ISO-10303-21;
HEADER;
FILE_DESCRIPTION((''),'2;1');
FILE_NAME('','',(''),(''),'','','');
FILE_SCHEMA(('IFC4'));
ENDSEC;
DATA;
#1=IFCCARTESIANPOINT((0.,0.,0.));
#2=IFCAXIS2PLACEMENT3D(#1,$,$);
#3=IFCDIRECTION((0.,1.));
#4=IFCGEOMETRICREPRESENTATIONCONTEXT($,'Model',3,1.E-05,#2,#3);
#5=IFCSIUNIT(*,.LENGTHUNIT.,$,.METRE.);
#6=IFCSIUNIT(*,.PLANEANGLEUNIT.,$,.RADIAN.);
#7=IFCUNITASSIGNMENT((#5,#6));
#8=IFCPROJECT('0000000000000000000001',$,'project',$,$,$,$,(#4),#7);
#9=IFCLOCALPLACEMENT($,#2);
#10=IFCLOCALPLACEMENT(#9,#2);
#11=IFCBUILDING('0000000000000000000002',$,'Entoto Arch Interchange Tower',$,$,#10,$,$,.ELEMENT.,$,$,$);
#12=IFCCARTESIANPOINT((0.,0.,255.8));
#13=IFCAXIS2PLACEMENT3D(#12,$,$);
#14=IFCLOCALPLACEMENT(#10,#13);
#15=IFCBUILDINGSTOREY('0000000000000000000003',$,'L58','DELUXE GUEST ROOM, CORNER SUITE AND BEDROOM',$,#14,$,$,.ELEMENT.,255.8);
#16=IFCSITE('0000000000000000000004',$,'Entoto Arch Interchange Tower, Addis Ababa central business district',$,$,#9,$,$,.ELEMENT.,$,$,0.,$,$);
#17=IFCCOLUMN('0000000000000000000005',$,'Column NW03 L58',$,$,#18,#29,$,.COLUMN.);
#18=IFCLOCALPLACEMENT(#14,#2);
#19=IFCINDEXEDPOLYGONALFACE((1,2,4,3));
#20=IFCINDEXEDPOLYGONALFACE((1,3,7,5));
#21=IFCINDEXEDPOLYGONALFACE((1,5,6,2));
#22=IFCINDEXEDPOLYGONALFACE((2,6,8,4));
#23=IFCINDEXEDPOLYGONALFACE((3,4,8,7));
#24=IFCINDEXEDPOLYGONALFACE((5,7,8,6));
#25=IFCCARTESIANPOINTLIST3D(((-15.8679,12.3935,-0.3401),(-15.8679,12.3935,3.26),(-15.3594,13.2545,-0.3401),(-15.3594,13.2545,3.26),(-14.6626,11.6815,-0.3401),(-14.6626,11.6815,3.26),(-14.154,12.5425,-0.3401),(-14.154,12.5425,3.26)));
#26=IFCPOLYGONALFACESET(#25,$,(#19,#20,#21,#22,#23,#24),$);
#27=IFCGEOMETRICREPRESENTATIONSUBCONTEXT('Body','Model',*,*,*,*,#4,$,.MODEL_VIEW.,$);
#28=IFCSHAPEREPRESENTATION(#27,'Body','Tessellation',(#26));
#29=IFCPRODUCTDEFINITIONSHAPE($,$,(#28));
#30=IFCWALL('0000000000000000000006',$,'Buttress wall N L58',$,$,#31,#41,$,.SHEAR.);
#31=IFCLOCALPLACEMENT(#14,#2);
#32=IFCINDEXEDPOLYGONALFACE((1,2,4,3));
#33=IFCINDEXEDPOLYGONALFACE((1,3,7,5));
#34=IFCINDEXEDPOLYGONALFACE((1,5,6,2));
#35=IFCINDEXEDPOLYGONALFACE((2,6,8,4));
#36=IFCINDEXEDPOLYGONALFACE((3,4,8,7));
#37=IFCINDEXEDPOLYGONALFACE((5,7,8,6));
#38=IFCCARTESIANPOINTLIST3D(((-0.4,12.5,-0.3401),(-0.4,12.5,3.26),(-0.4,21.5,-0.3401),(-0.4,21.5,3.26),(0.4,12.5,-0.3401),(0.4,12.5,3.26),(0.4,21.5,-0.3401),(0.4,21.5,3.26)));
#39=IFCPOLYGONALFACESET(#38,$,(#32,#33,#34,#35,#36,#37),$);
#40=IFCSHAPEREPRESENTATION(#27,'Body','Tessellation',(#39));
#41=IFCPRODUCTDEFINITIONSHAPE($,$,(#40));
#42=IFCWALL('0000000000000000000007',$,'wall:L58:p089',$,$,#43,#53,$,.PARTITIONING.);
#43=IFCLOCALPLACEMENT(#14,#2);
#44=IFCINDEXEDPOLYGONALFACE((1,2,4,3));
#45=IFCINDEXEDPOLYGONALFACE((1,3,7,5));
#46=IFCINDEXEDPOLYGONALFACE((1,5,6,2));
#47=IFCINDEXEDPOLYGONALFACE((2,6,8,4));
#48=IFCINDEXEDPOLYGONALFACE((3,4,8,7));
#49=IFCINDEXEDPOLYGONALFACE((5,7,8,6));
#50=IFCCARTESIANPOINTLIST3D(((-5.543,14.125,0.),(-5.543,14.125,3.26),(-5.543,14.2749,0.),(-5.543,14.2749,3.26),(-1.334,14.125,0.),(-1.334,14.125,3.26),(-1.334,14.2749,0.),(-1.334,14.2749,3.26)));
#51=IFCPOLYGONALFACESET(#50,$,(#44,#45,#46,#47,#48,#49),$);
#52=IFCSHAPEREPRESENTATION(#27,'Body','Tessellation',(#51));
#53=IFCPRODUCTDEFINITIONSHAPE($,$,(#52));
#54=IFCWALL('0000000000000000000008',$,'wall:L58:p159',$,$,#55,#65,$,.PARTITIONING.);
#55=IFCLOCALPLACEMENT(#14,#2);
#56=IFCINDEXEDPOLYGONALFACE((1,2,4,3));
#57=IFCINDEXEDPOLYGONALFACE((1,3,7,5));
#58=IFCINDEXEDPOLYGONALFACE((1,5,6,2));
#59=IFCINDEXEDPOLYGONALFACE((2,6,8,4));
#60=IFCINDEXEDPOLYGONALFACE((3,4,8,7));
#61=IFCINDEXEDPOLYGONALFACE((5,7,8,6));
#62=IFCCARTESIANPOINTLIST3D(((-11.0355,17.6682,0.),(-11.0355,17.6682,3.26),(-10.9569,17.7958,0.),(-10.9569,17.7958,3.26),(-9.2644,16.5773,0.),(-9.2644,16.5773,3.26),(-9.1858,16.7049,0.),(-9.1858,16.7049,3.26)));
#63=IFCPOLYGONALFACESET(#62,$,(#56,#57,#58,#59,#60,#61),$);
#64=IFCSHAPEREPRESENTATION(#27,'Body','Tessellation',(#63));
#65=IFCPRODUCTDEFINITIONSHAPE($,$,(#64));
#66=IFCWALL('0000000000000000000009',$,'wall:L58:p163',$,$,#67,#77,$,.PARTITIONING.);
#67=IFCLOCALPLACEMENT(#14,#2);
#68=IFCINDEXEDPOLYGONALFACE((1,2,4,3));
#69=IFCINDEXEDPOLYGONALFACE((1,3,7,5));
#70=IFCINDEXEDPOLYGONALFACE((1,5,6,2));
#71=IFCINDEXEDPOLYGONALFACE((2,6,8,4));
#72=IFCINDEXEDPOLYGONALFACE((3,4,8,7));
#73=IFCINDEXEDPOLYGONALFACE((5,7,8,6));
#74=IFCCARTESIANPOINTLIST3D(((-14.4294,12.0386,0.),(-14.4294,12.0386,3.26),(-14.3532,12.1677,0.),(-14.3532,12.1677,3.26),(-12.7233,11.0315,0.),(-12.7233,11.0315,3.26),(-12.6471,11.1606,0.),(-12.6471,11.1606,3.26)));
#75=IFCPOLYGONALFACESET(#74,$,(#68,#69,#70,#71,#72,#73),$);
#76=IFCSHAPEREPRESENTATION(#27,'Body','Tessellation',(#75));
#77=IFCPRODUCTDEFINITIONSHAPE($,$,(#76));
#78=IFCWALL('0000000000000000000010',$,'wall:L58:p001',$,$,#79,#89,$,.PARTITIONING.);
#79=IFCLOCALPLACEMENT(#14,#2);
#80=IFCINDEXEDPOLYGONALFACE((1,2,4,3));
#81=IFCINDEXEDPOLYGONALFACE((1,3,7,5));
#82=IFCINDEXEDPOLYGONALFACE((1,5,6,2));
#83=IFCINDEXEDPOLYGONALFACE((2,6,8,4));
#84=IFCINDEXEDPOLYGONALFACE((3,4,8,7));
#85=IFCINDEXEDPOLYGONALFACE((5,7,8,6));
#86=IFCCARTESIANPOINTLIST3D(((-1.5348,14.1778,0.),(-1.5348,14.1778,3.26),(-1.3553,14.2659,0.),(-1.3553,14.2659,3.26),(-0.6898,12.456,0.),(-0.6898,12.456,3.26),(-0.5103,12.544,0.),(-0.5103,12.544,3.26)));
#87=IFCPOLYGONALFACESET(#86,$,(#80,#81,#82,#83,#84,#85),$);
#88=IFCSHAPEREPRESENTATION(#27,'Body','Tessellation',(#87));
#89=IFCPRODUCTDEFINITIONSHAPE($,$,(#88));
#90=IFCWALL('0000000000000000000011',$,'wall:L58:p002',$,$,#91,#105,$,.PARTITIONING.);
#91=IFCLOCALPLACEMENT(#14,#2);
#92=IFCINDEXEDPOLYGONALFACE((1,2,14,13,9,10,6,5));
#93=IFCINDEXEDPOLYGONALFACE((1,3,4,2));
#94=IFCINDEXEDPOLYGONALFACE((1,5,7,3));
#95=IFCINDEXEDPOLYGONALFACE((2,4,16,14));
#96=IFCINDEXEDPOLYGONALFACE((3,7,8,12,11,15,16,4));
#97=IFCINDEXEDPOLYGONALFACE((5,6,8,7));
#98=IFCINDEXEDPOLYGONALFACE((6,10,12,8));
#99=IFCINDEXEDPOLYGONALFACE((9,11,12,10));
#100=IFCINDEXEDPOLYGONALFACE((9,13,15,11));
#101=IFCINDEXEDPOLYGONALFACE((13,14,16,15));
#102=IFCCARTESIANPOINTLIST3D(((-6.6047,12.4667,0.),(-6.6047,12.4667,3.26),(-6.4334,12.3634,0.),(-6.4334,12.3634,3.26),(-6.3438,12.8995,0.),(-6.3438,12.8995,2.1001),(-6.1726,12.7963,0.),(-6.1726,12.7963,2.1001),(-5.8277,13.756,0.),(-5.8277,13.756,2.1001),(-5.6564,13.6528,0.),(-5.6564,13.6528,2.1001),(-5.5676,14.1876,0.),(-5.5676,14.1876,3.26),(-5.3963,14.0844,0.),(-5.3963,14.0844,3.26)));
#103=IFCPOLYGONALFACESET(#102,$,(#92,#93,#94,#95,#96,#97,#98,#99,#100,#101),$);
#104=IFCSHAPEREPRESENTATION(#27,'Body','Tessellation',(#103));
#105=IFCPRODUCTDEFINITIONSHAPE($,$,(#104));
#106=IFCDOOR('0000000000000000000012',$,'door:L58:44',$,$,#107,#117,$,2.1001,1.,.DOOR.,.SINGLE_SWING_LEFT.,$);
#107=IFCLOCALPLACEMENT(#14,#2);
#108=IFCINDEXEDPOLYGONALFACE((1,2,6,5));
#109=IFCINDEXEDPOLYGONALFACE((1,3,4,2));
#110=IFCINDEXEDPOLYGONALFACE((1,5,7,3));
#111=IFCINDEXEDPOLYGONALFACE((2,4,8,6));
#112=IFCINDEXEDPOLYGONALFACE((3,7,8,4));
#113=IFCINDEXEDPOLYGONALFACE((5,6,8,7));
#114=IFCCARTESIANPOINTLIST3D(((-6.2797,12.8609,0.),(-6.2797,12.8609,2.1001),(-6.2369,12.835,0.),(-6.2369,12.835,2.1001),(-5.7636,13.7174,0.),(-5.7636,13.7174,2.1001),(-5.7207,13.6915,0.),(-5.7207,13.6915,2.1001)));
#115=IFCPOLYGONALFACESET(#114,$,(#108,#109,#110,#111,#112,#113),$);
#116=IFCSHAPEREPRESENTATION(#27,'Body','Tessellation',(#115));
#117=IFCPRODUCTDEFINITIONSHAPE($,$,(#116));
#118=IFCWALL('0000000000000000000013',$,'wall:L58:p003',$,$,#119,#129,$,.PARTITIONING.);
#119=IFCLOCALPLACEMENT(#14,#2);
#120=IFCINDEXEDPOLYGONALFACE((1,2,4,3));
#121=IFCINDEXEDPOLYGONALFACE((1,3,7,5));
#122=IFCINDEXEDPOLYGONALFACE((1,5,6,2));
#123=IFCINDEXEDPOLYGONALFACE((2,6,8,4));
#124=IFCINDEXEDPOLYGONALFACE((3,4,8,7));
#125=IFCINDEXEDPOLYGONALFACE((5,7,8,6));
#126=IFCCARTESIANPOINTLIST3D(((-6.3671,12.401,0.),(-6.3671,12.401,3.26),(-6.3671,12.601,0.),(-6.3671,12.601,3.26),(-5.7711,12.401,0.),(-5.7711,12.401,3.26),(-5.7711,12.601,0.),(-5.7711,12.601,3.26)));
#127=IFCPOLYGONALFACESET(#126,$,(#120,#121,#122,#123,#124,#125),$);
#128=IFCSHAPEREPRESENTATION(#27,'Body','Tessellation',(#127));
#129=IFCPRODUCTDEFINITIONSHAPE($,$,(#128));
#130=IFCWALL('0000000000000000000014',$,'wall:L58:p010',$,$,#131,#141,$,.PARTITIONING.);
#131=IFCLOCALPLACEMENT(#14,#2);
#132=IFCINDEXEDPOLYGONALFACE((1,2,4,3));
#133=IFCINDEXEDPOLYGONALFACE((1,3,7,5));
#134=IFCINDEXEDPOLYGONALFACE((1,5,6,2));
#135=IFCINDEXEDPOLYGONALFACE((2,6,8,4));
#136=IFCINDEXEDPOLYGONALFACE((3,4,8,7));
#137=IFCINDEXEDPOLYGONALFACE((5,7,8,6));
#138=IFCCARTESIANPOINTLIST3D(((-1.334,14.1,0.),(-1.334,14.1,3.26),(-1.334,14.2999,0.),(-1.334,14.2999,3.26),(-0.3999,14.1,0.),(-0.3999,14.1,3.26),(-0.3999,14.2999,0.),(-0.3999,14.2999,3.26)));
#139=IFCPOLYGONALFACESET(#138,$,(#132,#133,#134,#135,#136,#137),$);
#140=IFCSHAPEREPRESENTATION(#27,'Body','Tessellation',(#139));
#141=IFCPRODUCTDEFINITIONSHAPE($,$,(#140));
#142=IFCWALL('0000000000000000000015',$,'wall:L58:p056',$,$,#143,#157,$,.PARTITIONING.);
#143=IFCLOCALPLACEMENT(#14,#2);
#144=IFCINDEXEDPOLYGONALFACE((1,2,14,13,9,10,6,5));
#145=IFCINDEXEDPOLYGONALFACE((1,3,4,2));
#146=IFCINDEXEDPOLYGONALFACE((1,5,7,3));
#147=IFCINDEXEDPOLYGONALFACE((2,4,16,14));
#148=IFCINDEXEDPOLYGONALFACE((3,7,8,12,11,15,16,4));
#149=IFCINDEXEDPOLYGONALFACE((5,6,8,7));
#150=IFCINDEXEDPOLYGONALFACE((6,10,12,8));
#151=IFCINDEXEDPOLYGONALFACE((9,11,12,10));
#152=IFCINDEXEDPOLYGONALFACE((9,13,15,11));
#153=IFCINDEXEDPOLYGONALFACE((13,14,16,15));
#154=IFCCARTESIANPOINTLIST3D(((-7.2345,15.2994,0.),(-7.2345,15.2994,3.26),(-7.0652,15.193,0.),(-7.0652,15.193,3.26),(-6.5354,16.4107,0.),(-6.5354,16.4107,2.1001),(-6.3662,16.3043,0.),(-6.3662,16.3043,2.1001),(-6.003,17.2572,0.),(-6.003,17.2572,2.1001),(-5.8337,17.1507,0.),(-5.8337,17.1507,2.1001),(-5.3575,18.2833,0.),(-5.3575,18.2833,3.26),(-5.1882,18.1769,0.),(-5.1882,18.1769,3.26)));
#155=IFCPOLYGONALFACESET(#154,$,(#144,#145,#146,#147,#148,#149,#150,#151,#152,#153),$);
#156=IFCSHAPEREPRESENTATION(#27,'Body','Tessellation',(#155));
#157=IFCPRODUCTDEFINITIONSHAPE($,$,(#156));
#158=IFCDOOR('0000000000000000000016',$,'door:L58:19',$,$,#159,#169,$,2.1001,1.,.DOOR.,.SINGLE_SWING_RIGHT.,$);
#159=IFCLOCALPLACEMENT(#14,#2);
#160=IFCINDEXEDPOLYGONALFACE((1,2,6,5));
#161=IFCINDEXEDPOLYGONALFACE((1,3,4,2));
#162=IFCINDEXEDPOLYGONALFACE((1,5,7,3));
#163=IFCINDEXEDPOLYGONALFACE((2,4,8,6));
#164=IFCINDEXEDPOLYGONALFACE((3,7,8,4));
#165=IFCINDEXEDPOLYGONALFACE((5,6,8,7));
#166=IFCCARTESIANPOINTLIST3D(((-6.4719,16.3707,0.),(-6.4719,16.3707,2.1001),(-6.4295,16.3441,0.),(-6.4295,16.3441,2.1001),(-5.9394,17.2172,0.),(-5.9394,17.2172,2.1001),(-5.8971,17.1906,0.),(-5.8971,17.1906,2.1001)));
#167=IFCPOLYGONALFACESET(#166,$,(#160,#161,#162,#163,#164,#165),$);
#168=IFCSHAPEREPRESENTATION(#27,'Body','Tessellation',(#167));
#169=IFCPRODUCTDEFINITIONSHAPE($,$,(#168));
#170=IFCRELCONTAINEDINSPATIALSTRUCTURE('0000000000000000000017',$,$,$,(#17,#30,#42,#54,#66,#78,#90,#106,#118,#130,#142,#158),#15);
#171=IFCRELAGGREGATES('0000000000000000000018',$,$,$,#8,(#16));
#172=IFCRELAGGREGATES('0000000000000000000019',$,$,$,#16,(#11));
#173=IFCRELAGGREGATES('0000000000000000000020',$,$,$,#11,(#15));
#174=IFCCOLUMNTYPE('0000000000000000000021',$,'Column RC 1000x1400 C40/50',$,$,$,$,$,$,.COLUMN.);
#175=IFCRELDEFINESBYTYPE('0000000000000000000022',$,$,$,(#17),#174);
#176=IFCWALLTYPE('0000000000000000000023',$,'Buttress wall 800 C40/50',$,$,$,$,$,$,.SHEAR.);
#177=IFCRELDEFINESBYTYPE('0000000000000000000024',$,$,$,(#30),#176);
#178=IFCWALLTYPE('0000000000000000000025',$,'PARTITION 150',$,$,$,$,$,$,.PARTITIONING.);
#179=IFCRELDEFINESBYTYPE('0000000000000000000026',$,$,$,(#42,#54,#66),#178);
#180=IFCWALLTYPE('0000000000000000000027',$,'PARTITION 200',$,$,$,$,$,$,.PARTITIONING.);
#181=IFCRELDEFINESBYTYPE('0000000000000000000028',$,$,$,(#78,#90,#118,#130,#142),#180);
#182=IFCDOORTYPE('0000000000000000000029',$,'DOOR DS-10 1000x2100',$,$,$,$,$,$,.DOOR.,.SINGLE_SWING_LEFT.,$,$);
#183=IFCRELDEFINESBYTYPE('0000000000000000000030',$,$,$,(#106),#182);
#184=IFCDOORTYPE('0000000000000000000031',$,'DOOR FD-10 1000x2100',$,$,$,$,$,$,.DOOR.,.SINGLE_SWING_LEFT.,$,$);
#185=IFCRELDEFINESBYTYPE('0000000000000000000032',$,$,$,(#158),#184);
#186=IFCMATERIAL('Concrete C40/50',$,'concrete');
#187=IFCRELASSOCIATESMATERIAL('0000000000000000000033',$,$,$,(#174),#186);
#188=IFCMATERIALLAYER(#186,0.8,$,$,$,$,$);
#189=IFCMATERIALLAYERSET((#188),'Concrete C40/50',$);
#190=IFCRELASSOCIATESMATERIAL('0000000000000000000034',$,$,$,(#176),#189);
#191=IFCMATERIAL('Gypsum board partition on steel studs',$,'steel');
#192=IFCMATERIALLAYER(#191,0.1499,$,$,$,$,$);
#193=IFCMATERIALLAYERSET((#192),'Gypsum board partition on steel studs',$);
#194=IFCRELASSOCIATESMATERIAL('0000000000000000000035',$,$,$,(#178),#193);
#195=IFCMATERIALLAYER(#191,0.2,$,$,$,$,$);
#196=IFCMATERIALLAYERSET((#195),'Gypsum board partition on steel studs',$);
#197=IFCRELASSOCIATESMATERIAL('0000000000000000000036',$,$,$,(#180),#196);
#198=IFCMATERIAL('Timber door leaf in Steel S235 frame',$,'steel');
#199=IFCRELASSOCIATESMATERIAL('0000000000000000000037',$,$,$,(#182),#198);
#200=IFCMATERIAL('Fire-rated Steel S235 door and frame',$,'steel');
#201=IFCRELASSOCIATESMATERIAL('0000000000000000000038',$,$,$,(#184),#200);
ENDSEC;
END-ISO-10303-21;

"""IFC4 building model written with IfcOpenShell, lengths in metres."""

from ifc_helpers import new_model, si_unit, direction, frame, frame_2d, origin, origin_2d, place, context, subcontext, project, spatial, rectangle, extrude, material, layer, layer_set, material_profile, profile_set, type_object, element, fill, save


model = new_model("IFC4")

# Units and contexts
model_context = context("Model", 3, precision=1e-05, world=origin(), true_north=direction((0.0, 1.0)))
body_context = subcontext(model_context, "Body", "Model", "MODEL_VIEW")
ifc_project = project(units=[si_unit("LENGTHUNIT", "METRE"), si_unit("PLANEANGLEUNIT", "RADIAN")], contexts=[model_context])

# Site, building, storey
site_placement = place(None, origin())
site = spatial("IfcSite", under=ifc_project, at=site_placement, Name="Entoto Arch Interchange Tower, Addis Ababa central business district", CompositionType="ELEMENT", RefElevation=0.0)
building_placement = place(site_placement, origin())
building = spatial("IfcBuilding", under=site, at=building_placement, Name="Entoto Arch Interchange Tower", CompositionType="ELEMENT")
storey_placement = place(building_placement, frame((0.0, 0.0, 255.8)))
storey = spatial("IfcBuildingStorey", under=building, at=storey_placement, Name="L58", Description="DELUXE GUEST ROOM, CORNER SUITE AND BEDROOM", CompositionType="ELEMENT", Elevation=255.8)

# Column
ifc_material_1 = material(Name="Concrete C40/50", Category="concrete")
ifc_material_profile = material_profile(ifc_material_1, rectangle(XDim=1.0, YDim=1.3999, at=origin_2d()))
ifc_profile_set = profile_set([ifc_material_profile], Name="Concrete C40/50")
column_type = type_object("IfcColumnType", Name="Column RC 1000x1400 C40/50", PredefinedType="COLUMN", material=ifc_profile_set)
column_placement = place(storey_placement, frame((-15.011, 12.468, -0.3401), z_axis=(0.0, 0.0, 1.0), x_axis=(0.508576, 0.861017, 0.0)))
element("IfcColumn", 1, at=column_placement, inside=storey, type_object=column_type, Name="Column NW03 L58", PredefinedType="COLUMN", context=body_context, shape_type="SweptSolid", body=[
    extrude(rectangle(XDim=1.0, YDim=1.3999, at=origin_2d()), origin(), (0.0, 0.0, 1.0), 3.6001),
])

# Walls
ifc_layer_1 = layer(ifc_material_1, 0.8)
ifc_layer_set_1 = layer_set([ifc_layer_1], Name="Concrete C40/50")
wall_type_1 = type_object("IfcWallType", Name="Buttress wall 800 C40/50", PredefinedType="SHEAR", material=ifc_layer_set_1)
wall_1_placement = place(storey_placement, frame((0.0, 12.5, -0.3401), z_axis=(0.0, 0.0, 1.0), x_axis=(0.0, 1.0, 0.0)))
element("IfcWall", 2, at=wall_1_placement, inside=storey, type_object=wall_type_1, Name="Buttress wall N L58", PredefinedType="SHEAR", context=body_context, shape_type="SweptSolid", body=[
    extrude(rectangle(XDim=9.0, YDim=0.8, at=frame_2d((4.5, 0.0))), origin(), (0.0, 0.0, 1.0), 3.6001),
])
ifc_material_2 = material(Name="Gypsum board partition on steel studs", Category="steel")
ifc_layer_2 = layer(ifc_material_2, 0.1499)
ifc_layer_set_2 = layer_set([ifc_layer_2], Name="Gypsum board partition on steel studs")
wall_type_2 = type_object("IfcWallType", Name="PARTITION 150", PredefinedType="PARTITIONING", material=ifc_layer_set_2)
wall_2_placement = place(storey_placement, frame((-1.334, 14.2, 0.0), z_axis=(0.0, 0.0, 1.0), x_axis=(-1.0, 0.0, 0.0)))
element("IfcWall", 3, at=wall_2_placement, inside=storey, type_object=wall_type_2, Name="wall:L58:p089", PredefinedType="PARTITIONING", context=body_context, shape_type="SweptSolid", body=[
    extrude(rectangle(XDim=4.209, YDim=0.1499, at=frame_2d((2.1045, 0.0))), origin(), (0.0, 0.0, 1.0), 3.26),
])
wall_3_placement = place(storey_placement, frame((-9.2251, 16.6411, 0.0), z_axis=(0.0, 0.0, 1.0), x_axis=(-0.851449, 0.524438, 0.0)))
element("IfcWall", 4, at=wall_3_placement, inside=storey, type_object=wall_type_2, Name="wall:L58:p159", PredefinedType="PARTITIONING", context=body_context, shape_type="SweptSolid", body=[
    extrude(rectangle(XDim=2.0801, YDim=0.1499, at=frame_2d((1.04, 0.0))), origin(), (0.0, 0.0, 1.0), 3.26),
])
wall_4_placement = place(storey_placement, frame((-12.6851, 11.0959, 0.0), z_axis=(0.0, 0.0, 1.0), x_axis=(-0.861157, 0.508339, 0.0)))
element("IfcWall", 5, at=wall_4_placement, inside=storey, type_object=wall_type_2, Name="wall:L58:p163", PredefinedType="PARTITIONING", context=body_context, shape_type="SweptSolid", body=[
    extrude(rectangle(XDim=1.9812, YDim=0.1499, at=frame_2d((0.9907, 0.0))), origin(), (0.0, 0.0, 1.0), 3.26),
])
ifc_layer_3 = layer(ifc_material_2, 0.2)
ifc_layer_set_3 = layer_set([ifc_layer_3], Name="Gypsum board partition on steel studs")
wall_type_3 = type_object("IfcWallType", Name="PARTITION 200", PredefinedType="PARTITIONING", material=ifc_layer_set_3)
wall_5_placement = place(storey_placement, frame((-0.6001, 12.5, 0.0), z_axis=(0.0, 0.0, 1.0), x_axis=(-0.440531, 0.897737, 0.0)))
element("IfcWall", 6, at=wall_5_placement, inside=storey, type_object=wall_type_3, Name="wall:L58:p001", PredefinedType="PARTITIONING", context=body_context, shape_type="SweptSolid", body=[
    extrude(rectangle(XDim=1.918, YDim=0.2, at=frame_2d((0.959, 0.0))), origin(), (0.0, 0.0, 1.0), 3.26),
])

# Wall, opening, door
wall_6_placement = place(storey_placement, frame((-5.4819, 14.136, 0.0), z_axis=(0.0, 0.0, 1.0), x_axis=(-0.516157, -0.856494, 0.0)))
wall_6 = element("IfcWall", 7, at=wall_6_placement, inside=storey, type_object=wall_type_3, Name="wall:L58:p002", PredefinedType="PARTITIONING", context=body_context, shape_type="SweptSolid", body=[
    extrude(rectangle(XDim=2.0093, YDim=0.2, at=frame_2d((1.0046, 0.0))), origin(), (0.0, 0.0, 1.0), 3.26),
])
opening_1_placement = place(wall_6_placement, frame((0.5039, 0.0, 0.0)))
opening_1 = element("IfcOpeningElement", 8, at=opening_1_placement, cuts=wall_6, PredefinedType="OPENING", context=body_context, shape_type="SweptSolid", body=[
    extrude(rectangle(XDim=1.0, YDim=2.1001, at=frame_2d((0.5, 1.05))), frame((0.0, 0.1099, 0.0), z_axis=(0.0, -1.0, 0.0), x_axis=(1.0, 0.0, 0.0)), (0.0, 0.0, 1.0), 0.22),
])
ifc_material_3 = material(Name="Timber door leaf in Steel S235 frame", Category="steel")
door_type_1 = type_object("IfcDoorType", Name="DOOR DS-10 1000x2100", OperationType="SINGLE_SWING_LEFT", PredefinedType="DOOR", material=ifc_material_3)
door_1_placement = place(opening_1_placement, origin())
door_1 = element("IfcDoor", 9, at=door_1_placement, inside=storey, type_object=door_type_1, Name="door:L58:44", OperationType="SINGLE_SWING_LEFT", OverallHeight=2.1001, OverallWidth=1.0, PredefinedType="DOOR", context=body_context, shape_type="SweptSolid", body=[
    extrude(rectangle(XDim=1.0, YDim=2.1001, at=frame_2d((0.5, 1.05))), frame((0.0, 0.0249, 0.0), z_axis=(0.0, -1.0, 0.0), x_axis=(1.0, 0.0, 0.0)), (0.0, 0.0, 1.0), 0.05),
])
fill(opening_1, door_1)

# Walls
wall_7_placement = place(storey_placement, frame((-6.3669, 12.501, 0.0), z_axis=(0.0, 0.0, 1.0), x_axis=(1.0, 0.0, 0.0)))
element("IfcWall", 10, at=wall_7_placement, inside=storey, type_object=wall_type_3, Name="wall:L58:p003", PredefinedType="PARTITIONING", context=body_context, shape_type="SweptSolid", body=[
    extrude(rectangle(XDim=0.5959, YDim=0.2, at=frame_2d((0.2979, 0.0))), origin(), (0.0, 0.0, 1.0), 3.26),
])
wall_8_placement = place(storey_placement, frame((-1.334, 14.2, 0.0), z_axis=(0.0, 0.0, 1.0), x_axis=(1.0, 0.0, 0.0)))
element("IfcWall", 11, at=wall_8_placement, inside=storey, type_object=wall_type_3, Name="wall:L58:p010", PredefinedType="PARTITIONING", context=body_context, shape_type="SweptSolid", body=[
    extrude(rectangle(XDim=0.9341, YDim=0.2, at=frame_2d((0.467, 0.0))), origin(), (0.0, 0.0, 1.0), 3.26),
])

# Wall, opening, door
wall_9_placement = place(storey_placement, frame((-7.1499, 15.2461, 0.0), z_axis=(0.0, 0.0, 1.0), x_axis=(0.53245, 0.846462, 0.0)))
wall_9 = element("IfcWall", 12, at=wall_9_placement, inside=storey, type_object=wall_type_3, Name="wall:L58:p056", PredefinedType="PARTITIONING", context=body_context, shape_type="SweptSolid", body=[
    extrude(rectangle(XDim=3.5251, YDim=0.2, at=frame_2d((1.7627, 0.0))), origin(), (0.0, 0.0, 1.0), 3.26),
])
opening_2_placement = place(wall_9_placement, frame((1.313, 0.0, 0.0)))
opening_2 = element("IfcOpeningElement", 13, at=opening_2_placement, cuts=wall_9, PredefinedType="OPENING", context=body_context, shape_type="SweptSolid", body=[
    extrude(rectangle(XDim=1.0, YDim=2.1001, at=frame_2d((0.5, 1.05))), frame((0.0, 0.1099, 0.0), z_axis=(0.0, -1.0, 0.0), x_axis=(1.0, 0.0, 0.0)), (0.0, 0.0, 1.0), 0.22),
])
ifc_material_4 = material(Name="Fire-rated Steel S235 door and frame", Category="steel")
door_type_2 = type_object("IfcDoorType", Name="DOOR FD-10 1000x2100", OperationType="SINGLE_SWING_LEFT", PredefinedType="DOOR", material=ifc_material_4)
door_2_placement = place(opening_2_placement, origin())
door_2 = element("IfcDoor", 14, at=door_2_placement, inside=storey, type_object=door_type_2, Name="door:L58:19", OperationType="SINGLE_SWING_RIGHT", OverallHeight=2.1001, OverallWidth=1.0, PredefinedType="DOOR", context=body_context, shape_type="SweptSolid", body=[
    extrude(rectangle(XDim=1.0, YDim=2.1001, at=frame_2d((0.5, 1.05))), frame((0.0, 0.0249, 0.0), z_axis=(0.0, -1.0, 0.0), x_axis=(1.0, 0.0, 0.0)), (0.0, 0.0, 1.0), 0.05),
])
fill(opening_2, door_2)

save(model, "model.ifc")
